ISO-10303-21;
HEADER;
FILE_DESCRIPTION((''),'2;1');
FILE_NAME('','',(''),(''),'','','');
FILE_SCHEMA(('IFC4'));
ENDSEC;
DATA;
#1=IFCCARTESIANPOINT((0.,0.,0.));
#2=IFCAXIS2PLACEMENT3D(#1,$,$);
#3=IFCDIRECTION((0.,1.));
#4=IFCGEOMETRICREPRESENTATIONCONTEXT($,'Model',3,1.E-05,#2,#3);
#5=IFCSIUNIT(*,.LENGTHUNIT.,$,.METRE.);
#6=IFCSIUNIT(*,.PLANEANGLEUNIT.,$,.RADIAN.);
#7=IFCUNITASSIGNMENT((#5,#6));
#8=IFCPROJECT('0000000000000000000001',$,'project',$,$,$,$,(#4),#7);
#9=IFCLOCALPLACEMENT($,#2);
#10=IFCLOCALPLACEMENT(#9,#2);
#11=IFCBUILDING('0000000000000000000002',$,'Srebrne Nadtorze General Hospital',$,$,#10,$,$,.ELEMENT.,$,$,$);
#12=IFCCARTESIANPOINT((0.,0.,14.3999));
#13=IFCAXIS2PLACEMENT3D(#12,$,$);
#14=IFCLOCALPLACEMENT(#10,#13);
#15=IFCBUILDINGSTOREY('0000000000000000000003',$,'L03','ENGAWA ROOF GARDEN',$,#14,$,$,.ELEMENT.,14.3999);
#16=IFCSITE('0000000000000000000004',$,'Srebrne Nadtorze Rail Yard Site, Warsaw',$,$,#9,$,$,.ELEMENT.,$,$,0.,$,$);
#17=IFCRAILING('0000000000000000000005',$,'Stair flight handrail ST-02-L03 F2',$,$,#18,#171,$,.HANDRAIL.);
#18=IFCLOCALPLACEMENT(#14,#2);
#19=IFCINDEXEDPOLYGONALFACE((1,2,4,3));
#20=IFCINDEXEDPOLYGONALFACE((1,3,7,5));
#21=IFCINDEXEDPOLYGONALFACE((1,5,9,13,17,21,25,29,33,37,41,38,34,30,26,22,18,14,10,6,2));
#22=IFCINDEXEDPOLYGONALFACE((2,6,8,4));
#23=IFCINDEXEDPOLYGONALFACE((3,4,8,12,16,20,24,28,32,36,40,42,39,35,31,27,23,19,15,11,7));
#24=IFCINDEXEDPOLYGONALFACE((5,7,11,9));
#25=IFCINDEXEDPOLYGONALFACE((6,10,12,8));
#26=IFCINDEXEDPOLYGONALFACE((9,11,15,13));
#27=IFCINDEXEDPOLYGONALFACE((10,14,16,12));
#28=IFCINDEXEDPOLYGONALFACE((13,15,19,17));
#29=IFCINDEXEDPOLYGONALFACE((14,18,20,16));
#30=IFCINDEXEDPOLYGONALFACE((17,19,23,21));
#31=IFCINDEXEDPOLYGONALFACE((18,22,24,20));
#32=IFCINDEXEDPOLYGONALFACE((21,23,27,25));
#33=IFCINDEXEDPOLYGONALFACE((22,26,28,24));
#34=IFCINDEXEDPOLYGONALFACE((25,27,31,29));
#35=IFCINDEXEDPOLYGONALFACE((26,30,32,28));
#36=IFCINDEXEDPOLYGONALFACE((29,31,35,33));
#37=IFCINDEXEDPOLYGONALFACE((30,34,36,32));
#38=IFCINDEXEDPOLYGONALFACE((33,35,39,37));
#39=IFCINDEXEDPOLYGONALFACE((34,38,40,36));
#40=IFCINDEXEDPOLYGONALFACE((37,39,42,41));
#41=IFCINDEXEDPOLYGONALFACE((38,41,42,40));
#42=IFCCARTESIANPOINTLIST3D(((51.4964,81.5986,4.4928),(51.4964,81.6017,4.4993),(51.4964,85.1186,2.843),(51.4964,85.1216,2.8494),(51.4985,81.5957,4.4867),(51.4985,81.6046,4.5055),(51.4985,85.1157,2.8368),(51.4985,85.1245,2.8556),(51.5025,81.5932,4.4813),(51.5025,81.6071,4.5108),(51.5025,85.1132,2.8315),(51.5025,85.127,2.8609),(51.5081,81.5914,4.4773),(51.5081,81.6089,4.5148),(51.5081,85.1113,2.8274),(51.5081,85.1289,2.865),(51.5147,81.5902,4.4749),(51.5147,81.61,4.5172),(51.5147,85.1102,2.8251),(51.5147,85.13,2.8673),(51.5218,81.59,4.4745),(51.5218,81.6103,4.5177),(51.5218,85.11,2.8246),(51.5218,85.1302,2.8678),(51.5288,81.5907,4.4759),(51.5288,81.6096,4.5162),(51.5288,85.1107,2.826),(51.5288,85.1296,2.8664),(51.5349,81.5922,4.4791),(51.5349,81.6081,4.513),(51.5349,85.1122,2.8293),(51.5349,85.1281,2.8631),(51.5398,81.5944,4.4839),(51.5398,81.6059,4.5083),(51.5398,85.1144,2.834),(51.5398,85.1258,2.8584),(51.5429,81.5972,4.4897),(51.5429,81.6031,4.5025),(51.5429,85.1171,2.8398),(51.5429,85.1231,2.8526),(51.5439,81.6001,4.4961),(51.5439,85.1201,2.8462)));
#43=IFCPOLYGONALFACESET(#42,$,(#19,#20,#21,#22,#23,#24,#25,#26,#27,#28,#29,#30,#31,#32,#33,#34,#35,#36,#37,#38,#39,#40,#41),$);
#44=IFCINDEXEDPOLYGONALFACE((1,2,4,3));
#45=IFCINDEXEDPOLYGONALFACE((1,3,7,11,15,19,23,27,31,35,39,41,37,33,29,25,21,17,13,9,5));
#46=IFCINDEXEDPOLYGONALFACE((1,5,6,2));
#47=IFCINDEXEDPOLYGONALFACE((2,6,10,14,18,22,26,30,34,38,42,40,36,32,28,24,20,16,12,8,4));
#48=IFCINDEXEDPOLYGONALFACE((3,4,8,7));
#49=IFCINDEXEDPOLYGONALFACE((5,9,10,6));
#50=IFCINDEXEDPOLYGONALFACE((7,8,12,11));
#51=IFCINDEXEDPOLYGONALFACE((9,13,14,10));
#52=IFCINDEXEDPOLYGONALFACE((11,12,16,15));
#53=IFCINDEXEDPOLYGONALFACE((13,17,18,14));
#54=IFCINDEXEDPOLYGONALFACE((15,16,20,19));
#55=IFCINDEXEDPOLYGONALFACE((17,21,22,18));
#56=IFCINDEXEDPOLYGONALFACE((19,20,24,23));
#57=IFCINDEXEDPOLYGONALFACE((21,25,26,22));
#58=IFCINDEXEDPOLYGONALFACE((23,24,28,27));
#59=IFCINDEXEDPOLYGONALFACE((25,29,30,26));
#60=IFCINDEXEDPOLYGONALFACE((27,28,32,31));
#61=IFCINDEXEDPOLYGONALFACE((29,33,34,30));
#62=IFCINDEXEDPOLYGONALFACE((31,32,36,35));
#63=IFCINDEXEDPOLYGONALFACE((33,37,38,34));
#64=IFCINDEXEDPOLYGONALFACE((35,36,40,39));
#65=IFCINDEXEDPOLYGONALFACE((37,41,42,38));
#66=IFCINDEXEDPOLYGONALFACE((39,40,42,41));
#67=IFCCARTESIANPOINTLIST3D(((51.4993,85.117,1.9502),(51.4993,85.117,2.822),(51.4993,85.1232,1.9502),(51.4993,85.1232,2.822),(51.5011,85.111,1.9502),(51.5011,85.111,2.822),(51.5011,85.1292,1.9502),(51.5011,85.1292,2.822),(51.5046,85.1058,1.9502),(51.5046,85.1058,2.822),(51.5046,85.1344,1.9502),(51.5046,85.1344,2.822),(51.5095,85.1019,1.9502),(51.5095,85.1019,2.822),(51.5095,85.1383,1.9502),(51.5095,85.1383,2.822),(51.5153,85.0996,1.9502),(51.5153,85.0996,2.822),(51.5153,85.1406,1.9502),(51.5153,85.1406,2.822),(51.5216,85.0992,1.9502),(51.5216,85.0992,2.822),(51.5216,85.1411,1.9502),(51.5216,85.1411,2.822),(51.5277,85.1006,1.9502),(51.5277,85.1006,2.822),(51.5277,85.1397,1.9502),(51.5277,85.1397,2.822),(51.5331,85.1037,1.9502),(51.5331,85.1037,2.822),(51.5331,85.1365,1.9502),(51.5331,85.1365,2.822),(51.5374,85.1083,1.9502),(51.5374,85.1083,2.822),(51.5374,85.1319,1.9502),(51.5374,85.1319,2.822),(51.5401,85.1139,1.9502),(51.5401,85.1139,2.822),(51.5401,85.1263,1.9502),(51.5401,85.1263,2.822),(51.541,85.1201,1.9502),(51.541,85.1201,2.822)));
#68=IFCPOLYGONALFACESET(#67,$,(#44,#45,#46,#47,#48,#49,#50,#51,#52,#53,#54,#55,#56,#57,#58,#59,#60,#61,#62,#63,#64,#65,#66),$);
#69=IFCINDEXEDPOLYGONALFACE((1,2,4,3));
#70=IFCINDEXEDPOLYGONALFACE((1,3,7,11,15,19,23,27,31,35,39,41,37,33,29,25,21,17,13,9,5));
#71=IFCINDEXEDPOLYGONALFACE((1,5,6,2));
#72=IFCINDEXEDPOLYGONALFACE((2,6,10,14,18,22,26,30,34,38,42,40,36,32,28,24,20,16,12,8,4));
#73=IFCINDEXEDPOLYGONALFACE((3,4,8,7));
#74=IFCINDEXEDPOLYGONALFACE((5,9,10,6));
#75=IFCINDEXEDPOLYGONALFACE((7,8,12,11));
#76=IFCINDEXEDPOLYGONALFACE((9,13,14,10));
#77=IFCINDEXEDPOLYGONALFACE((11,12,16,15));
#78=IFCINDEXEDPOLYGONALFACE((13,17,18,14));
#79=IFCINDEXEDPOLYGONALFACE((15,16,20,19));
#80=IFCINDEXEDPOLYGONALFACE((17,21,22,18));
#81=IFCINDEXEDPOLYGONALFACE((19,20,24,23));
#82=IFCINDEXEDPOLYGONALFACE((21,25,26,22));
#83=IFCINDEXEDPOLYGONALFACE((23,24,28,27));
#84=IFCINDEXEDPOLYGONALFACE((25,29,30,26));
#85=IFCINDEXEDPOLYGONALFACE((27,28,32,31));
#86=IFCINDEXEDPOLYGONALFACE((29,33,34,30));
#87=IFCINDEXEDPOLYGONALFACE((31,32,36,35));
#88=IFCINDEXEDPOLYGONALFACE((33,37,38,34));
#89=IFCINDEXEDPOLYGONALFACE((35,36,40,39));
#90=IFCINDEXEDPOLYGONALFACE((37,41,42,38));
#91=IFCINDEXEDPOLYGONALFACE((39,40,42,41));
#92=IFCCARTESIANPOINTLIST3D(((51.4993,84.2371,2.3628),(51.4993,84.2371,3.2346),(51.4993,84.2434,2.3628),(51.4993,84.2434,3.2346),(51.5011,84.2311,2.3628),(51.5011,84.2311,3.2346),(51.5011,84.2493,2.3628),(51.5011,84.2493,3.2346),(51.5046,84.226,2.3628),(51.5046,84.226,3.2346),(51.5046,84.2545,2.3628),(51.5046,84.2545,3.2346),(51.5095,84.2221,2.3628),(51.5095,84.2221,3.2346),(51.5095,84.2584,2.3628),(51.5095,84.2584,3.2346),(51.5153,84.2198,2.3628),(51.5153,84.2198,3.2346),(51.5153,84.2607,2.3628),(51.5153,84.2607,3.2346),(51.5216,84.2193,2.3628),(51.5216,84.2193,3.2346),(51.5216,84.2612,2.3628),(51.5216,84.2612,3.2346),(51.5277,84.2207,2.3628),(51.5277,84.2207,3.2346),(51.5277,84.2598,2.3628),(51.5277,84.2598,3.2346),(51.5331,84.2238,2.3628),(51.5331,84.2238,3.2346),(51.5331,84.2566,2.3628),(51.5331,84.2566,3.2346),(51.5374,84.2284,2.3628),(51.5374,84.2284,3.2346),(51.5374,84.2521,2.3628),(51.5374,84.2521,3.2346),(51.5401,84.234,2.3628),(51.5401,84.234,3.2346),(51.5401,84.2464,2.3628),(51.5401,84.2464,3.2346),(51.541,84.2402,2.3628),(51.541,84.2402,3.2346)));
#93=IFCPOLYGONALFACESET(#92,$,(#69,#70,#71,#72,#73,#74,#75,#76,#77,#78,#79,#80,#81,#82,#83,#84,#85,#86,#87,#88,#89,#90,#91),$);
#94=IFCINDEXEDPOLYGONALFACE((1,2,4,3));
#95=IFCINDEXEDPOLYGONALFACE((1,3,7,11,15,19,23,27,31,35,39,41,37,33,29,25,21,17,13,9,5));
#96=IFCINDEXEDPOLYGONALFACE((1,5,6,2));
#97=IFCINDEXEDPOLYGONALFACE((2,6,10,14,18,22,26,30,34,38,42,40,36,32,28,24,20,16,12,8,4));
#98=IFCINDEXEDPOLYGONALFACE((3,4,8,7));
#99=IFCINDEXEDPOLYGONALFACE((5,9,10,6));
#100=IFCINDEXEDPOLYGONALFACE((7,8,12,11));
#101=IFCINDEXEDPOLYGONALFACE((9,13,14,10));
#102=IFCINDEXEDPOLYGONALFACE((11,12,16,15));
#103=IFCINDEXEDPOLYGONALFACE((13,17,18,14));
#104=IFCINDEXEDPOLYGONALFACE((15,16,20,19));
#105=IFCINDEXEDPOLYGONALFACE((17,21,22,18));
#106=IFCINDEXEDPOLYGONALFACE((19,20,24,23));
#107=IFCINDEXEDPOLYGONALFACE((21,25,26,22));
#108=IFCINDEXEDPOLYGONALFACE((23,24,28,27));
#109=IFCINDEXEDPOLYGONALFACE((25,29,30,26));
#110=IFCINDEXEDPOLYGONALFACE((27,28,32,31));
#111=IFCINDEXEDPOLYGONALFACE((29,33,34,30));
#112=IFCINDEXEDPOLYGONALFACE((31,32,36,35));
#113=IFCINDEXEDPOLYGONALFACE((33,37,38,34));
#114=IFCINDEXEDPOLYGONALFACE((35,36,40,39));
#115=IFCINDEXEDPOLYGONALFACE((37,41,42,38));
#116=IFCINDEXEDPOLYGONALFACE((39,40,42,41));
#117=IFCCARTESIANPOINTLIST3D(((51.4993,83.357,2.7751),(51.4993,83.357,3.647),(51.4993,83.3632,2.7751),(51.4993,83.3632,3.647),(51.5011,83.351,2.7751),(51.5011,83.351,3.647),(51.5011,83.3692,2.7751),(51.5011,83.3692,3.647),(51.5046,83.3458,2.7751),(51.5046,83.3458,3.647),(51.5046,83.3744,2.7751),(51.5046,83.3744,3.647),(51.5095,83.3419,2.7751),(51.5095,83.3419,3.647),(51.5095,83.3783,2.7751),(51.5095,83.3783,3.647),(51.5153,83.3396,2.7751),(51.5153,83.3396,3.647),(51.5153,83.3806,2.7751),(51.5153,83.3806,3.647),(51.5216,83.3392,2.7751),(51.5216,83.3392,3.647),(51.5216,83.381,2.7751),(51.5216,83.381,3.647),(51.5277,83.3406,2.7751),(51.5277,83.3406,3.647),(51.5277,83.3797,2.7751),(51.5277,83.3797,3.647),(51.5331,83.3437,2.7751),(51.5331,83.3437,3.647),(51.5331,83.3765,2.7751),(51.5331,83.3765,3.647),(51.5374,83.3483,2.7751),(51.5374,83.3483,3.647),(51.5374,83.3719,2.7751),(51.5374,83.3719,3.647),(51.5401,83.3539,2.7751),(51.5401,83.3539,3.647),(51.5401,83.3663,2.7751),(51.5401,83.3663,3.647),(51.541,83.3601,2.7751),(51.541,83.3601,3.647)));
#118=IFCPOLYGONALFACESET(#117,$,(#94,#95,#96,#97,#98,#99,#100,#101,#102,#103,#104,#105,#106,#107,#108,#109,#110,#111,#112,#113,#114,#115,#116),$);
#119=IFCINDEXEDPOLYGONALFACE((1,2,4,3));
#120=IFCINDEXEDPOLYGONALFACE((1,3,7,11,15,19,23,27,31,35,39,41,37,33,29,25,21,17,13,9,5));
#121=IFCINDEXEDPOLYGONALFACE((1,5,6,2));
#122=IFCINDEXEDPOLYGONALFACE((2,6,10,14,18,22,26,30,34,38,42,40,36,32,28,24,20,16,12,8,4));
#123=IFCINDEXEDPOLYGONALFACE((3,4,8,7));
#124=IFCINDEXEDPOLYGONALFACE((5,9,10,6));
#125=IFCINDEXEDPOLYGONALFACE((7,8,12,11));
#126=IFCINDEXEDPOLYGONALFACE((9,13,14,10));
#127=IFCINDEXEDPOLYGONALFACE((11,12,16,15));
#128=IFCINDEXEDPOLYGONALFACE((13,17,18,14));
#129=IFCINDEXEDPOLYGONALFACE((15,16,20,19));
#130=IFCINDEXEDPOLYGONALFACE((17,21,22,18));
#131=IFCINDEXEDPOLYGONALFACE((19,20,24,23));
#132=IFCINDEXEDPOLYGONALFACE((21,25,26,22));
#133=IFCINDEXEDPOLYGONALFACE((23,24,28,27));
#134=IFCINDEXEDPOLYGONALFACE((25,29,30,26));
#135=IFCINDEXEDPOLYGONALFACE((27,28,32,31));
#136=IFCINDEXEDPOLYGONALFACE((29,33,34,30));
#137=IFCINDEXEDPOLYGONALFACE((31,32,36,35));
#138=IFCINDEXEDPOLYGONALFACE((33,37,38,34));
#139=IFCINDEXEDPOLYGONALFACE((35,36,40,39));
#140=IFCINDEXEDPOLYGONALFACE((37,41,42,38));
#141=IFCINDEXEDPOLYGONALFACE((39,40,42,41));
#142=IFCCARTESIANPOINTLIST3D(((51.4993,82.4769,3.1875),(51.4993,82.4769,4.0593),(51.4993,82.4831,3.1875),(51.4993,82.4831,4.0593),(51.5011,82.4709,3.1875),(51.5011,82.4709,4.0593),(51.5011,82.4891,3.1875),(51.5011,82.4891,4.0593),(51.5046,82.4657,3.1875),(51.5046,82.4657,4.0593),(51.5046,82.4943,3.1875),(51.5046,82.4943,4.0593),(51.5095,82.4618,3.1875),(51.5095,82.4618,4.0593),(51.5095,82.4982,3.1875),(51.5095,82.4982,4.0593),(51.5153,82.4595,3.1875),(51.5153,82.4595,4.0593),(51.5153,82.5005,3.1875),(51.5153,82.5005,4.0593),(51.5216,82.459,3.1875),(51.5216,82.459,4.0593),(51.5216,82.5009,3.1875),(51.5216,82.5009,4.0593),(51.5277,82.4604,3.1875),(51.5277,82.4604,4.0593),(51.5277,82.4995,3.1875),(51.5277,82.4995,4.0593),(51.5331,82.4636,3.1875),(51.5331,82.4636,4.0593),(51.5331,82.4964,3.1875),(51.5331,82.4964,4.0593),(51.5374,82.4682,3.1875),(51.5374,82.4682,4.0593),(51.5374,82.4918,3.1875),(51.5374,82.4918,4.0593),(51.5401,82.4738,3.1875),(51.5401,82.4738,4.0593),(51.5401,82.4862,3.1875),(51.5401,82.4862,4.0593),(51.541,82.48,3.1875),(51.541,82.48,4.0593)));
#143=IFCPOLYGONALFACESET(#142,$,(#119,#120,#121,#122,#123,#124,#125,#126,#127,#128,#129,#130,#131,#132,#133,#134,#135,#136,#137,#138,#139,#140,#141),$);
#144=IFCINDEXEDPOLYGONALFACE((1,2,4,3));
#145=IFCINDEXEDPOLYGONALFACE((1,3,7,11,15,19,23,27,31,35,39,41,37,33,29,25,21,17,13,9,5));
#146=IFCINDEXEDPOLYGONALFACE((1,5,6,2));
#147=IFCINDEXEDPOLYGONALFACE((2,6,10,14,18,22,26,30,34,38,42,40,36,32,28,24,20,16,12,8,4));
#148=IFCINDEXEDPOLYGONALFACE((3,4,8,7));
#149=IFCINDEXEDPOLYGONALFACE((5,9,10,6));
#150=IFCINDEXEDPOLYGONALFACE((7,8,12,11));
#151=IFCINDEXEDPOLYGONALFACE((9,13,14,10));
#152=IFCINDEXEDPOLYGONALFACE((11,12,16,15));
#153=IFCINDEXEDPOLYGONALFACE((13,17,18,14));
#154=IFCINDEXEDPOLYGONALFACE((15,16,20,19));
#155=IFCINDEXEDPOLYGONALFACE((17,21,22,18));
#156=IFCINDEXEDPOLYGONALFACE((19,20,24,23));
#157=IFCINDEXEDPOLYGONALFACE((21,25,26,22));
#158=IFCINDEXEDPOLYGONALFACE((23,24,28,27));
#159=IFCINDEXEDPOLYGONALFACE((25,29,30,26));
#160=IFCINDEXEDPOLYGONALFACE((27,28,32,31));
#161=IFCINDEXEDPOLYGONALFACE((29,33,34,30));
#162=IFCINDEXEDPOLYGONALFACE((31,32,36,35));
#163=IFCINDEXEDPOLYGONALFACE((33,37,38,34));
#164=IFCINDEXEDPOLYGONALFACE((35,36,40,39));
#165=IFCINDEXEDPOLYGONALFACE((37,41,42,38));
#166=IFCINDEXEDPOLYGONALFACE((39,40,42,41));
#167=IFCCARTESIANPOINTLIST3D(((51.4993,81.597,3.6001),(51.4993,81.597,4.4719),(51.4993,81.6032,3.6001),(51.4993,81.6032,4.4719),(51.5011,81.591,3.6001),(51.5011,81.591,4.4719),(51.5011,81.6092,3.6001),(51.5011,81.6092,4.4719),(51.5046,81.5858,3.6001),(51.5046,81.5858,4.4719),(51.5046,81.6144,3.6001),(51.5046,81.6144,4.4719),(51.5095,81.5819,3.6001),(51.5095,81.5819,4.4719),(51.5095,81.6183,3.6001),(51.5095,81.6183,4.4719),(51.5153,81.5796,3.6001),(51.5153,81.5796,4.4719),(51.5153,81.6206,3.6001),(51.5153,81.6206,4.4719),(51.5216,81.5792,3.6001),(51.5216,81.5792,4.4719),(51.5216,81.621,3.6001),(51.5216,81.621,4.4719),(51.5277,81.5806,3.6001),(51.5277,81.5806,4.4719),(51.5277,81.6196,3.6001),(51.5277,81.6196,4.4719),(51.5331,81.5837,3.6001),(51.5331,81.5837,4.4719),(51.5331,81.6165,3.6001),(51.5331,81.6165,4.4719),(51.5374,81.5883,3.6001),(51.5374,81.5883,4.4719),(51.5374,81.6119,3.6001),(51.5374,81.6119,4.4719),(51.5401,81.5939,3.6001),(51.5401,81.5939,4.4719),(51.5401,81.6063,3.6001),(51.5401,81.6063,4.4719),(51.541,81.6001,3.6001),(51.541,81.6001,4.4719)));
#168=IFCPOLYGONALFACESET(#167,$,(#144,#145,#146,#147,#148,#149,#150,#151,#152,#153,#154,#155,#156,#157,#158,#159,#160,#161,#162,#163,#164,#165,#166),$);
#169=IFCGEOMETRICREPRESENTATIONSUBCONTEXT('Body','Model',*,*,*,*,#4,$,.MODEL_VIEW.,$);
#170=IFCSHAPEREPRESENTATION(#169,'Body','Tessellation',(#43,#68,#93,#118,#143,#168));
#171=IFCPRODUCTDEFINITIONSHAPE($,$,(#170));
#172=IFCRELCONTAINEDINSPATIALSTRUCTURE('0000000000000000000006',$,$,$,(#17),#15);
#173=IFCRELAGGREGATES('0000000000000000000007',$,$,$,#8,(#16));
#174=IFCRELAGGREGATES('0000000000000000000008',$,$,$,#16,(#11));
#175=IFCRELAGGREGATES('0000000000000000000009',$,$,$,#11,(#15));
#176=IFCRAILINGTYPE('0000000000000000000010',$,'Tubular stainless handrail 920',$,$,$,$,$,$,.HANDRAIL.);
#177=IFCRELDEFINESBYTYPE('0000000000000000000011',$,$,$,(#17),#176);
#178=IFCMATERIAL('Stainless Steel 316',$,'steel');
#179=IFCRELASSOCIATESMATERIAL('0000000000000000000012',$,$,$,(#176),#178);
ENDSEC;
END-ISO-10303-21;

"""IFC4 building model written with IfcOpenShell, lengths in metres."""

from ifc_helpers import new_model, si_unit, direction, frame, origin, origin_2d, place, context, subcontext, project, spatial, circle, extrude, material, type_object, element, save


model = new_model("IFC4")

# Units and contexts
model_context = context("Model", 3, precision=1e-05, world=origin(), true_north=direction((0.0, 1.0)))
body_context = subcontext(model_context, "Body", "Model", "MODEL_VIEW")
ifc_project = project(units=[si_unit("LENGTHUNIT", "METRE"), si_unit("PLANEANGLEUNIT", "RADIAN")], contexts=[model_context])

# Site, building, storey
site_placement = place(None, origin())
site = spatial("IfcSite", under=ifc_project, at=site_placement, Name="Srebrne Nadtorze Rail Yard Site, Warsaw", CompositionType="ELEMENT", RefElevation=0.0)
building_placement = place(site_placement, origin())
building = spatial("IfcBuilding", under=site, at=building_placement, Name="Srebrne Nadtorze General Hospital", CompositionType="ELEMENT")
storey_placement = place(building_placement, frame((0.0, 0.0, 14.3999)))
storey = spatial("IfcBuildingStorey", under=building, at=storey_placement, Name="L03", Description="ENGAWA ROOF GARDEN", CompositionType="ELEMENT", Elevation=14.3999)

# Railing
ifc_material_1 = material(Name="Stainless Steel 316", Category="steel")
railing_type = type_object("IfcRailingType", Name="Tubular stainless handrail 920", PredefinedType="HANDRAIL", material=ifc_material_1)
railing_placement = place(storey_placement, frame((51.52, 85.1201, 1.9502)))
element("IfcRailing", 1, at=railing_placement, inside=storey, type_object=railing_type, Name="Stair flight handrail ST-02-L03 F2", PredefinedType="HANDRAIL", context=body_context, shape_type="SweptSolid", body=[
    extrude(circle(Radius=0.0239, at=origin_2d()), frame((0.0, 0.0, 0.896), z_axis=(0.0, -0.905469, 0.424411), x_axis=(1.0, 0.0, 0.0)), (0.0, 0.0, 1.0), 3.8875),
    extrude(circle(Radius=0.021, at=origin_2d()), origin(), (0.0, 0.0, 1.0), 0.8718),
    extrude(circle(Radius=0.021, at=origin_2d()), frame((0.0, -0.8799, 0.4126)), (0.0, 0.0, 1.0), 0.8718),
    extrude(circle(Radius=0.021, at=origin_2d()), frame((0.0, -1.76, 0.825)), (0.0, 0.0, 1.0), 0.8718),
    extrude(circle(Radius=0.021, at=origin_2d()), frame((0.0, -2.6401, 1.2373)), (0.0, 0.0, 1.0), 0.8718),
    extrude(circle(Radius=0.021, at=origin_2d()), frame((0.0, -3.52, 1.6499)), (0.0, 0.0, 1.0), 0.8718),
])

save(model, "model.ifc")
